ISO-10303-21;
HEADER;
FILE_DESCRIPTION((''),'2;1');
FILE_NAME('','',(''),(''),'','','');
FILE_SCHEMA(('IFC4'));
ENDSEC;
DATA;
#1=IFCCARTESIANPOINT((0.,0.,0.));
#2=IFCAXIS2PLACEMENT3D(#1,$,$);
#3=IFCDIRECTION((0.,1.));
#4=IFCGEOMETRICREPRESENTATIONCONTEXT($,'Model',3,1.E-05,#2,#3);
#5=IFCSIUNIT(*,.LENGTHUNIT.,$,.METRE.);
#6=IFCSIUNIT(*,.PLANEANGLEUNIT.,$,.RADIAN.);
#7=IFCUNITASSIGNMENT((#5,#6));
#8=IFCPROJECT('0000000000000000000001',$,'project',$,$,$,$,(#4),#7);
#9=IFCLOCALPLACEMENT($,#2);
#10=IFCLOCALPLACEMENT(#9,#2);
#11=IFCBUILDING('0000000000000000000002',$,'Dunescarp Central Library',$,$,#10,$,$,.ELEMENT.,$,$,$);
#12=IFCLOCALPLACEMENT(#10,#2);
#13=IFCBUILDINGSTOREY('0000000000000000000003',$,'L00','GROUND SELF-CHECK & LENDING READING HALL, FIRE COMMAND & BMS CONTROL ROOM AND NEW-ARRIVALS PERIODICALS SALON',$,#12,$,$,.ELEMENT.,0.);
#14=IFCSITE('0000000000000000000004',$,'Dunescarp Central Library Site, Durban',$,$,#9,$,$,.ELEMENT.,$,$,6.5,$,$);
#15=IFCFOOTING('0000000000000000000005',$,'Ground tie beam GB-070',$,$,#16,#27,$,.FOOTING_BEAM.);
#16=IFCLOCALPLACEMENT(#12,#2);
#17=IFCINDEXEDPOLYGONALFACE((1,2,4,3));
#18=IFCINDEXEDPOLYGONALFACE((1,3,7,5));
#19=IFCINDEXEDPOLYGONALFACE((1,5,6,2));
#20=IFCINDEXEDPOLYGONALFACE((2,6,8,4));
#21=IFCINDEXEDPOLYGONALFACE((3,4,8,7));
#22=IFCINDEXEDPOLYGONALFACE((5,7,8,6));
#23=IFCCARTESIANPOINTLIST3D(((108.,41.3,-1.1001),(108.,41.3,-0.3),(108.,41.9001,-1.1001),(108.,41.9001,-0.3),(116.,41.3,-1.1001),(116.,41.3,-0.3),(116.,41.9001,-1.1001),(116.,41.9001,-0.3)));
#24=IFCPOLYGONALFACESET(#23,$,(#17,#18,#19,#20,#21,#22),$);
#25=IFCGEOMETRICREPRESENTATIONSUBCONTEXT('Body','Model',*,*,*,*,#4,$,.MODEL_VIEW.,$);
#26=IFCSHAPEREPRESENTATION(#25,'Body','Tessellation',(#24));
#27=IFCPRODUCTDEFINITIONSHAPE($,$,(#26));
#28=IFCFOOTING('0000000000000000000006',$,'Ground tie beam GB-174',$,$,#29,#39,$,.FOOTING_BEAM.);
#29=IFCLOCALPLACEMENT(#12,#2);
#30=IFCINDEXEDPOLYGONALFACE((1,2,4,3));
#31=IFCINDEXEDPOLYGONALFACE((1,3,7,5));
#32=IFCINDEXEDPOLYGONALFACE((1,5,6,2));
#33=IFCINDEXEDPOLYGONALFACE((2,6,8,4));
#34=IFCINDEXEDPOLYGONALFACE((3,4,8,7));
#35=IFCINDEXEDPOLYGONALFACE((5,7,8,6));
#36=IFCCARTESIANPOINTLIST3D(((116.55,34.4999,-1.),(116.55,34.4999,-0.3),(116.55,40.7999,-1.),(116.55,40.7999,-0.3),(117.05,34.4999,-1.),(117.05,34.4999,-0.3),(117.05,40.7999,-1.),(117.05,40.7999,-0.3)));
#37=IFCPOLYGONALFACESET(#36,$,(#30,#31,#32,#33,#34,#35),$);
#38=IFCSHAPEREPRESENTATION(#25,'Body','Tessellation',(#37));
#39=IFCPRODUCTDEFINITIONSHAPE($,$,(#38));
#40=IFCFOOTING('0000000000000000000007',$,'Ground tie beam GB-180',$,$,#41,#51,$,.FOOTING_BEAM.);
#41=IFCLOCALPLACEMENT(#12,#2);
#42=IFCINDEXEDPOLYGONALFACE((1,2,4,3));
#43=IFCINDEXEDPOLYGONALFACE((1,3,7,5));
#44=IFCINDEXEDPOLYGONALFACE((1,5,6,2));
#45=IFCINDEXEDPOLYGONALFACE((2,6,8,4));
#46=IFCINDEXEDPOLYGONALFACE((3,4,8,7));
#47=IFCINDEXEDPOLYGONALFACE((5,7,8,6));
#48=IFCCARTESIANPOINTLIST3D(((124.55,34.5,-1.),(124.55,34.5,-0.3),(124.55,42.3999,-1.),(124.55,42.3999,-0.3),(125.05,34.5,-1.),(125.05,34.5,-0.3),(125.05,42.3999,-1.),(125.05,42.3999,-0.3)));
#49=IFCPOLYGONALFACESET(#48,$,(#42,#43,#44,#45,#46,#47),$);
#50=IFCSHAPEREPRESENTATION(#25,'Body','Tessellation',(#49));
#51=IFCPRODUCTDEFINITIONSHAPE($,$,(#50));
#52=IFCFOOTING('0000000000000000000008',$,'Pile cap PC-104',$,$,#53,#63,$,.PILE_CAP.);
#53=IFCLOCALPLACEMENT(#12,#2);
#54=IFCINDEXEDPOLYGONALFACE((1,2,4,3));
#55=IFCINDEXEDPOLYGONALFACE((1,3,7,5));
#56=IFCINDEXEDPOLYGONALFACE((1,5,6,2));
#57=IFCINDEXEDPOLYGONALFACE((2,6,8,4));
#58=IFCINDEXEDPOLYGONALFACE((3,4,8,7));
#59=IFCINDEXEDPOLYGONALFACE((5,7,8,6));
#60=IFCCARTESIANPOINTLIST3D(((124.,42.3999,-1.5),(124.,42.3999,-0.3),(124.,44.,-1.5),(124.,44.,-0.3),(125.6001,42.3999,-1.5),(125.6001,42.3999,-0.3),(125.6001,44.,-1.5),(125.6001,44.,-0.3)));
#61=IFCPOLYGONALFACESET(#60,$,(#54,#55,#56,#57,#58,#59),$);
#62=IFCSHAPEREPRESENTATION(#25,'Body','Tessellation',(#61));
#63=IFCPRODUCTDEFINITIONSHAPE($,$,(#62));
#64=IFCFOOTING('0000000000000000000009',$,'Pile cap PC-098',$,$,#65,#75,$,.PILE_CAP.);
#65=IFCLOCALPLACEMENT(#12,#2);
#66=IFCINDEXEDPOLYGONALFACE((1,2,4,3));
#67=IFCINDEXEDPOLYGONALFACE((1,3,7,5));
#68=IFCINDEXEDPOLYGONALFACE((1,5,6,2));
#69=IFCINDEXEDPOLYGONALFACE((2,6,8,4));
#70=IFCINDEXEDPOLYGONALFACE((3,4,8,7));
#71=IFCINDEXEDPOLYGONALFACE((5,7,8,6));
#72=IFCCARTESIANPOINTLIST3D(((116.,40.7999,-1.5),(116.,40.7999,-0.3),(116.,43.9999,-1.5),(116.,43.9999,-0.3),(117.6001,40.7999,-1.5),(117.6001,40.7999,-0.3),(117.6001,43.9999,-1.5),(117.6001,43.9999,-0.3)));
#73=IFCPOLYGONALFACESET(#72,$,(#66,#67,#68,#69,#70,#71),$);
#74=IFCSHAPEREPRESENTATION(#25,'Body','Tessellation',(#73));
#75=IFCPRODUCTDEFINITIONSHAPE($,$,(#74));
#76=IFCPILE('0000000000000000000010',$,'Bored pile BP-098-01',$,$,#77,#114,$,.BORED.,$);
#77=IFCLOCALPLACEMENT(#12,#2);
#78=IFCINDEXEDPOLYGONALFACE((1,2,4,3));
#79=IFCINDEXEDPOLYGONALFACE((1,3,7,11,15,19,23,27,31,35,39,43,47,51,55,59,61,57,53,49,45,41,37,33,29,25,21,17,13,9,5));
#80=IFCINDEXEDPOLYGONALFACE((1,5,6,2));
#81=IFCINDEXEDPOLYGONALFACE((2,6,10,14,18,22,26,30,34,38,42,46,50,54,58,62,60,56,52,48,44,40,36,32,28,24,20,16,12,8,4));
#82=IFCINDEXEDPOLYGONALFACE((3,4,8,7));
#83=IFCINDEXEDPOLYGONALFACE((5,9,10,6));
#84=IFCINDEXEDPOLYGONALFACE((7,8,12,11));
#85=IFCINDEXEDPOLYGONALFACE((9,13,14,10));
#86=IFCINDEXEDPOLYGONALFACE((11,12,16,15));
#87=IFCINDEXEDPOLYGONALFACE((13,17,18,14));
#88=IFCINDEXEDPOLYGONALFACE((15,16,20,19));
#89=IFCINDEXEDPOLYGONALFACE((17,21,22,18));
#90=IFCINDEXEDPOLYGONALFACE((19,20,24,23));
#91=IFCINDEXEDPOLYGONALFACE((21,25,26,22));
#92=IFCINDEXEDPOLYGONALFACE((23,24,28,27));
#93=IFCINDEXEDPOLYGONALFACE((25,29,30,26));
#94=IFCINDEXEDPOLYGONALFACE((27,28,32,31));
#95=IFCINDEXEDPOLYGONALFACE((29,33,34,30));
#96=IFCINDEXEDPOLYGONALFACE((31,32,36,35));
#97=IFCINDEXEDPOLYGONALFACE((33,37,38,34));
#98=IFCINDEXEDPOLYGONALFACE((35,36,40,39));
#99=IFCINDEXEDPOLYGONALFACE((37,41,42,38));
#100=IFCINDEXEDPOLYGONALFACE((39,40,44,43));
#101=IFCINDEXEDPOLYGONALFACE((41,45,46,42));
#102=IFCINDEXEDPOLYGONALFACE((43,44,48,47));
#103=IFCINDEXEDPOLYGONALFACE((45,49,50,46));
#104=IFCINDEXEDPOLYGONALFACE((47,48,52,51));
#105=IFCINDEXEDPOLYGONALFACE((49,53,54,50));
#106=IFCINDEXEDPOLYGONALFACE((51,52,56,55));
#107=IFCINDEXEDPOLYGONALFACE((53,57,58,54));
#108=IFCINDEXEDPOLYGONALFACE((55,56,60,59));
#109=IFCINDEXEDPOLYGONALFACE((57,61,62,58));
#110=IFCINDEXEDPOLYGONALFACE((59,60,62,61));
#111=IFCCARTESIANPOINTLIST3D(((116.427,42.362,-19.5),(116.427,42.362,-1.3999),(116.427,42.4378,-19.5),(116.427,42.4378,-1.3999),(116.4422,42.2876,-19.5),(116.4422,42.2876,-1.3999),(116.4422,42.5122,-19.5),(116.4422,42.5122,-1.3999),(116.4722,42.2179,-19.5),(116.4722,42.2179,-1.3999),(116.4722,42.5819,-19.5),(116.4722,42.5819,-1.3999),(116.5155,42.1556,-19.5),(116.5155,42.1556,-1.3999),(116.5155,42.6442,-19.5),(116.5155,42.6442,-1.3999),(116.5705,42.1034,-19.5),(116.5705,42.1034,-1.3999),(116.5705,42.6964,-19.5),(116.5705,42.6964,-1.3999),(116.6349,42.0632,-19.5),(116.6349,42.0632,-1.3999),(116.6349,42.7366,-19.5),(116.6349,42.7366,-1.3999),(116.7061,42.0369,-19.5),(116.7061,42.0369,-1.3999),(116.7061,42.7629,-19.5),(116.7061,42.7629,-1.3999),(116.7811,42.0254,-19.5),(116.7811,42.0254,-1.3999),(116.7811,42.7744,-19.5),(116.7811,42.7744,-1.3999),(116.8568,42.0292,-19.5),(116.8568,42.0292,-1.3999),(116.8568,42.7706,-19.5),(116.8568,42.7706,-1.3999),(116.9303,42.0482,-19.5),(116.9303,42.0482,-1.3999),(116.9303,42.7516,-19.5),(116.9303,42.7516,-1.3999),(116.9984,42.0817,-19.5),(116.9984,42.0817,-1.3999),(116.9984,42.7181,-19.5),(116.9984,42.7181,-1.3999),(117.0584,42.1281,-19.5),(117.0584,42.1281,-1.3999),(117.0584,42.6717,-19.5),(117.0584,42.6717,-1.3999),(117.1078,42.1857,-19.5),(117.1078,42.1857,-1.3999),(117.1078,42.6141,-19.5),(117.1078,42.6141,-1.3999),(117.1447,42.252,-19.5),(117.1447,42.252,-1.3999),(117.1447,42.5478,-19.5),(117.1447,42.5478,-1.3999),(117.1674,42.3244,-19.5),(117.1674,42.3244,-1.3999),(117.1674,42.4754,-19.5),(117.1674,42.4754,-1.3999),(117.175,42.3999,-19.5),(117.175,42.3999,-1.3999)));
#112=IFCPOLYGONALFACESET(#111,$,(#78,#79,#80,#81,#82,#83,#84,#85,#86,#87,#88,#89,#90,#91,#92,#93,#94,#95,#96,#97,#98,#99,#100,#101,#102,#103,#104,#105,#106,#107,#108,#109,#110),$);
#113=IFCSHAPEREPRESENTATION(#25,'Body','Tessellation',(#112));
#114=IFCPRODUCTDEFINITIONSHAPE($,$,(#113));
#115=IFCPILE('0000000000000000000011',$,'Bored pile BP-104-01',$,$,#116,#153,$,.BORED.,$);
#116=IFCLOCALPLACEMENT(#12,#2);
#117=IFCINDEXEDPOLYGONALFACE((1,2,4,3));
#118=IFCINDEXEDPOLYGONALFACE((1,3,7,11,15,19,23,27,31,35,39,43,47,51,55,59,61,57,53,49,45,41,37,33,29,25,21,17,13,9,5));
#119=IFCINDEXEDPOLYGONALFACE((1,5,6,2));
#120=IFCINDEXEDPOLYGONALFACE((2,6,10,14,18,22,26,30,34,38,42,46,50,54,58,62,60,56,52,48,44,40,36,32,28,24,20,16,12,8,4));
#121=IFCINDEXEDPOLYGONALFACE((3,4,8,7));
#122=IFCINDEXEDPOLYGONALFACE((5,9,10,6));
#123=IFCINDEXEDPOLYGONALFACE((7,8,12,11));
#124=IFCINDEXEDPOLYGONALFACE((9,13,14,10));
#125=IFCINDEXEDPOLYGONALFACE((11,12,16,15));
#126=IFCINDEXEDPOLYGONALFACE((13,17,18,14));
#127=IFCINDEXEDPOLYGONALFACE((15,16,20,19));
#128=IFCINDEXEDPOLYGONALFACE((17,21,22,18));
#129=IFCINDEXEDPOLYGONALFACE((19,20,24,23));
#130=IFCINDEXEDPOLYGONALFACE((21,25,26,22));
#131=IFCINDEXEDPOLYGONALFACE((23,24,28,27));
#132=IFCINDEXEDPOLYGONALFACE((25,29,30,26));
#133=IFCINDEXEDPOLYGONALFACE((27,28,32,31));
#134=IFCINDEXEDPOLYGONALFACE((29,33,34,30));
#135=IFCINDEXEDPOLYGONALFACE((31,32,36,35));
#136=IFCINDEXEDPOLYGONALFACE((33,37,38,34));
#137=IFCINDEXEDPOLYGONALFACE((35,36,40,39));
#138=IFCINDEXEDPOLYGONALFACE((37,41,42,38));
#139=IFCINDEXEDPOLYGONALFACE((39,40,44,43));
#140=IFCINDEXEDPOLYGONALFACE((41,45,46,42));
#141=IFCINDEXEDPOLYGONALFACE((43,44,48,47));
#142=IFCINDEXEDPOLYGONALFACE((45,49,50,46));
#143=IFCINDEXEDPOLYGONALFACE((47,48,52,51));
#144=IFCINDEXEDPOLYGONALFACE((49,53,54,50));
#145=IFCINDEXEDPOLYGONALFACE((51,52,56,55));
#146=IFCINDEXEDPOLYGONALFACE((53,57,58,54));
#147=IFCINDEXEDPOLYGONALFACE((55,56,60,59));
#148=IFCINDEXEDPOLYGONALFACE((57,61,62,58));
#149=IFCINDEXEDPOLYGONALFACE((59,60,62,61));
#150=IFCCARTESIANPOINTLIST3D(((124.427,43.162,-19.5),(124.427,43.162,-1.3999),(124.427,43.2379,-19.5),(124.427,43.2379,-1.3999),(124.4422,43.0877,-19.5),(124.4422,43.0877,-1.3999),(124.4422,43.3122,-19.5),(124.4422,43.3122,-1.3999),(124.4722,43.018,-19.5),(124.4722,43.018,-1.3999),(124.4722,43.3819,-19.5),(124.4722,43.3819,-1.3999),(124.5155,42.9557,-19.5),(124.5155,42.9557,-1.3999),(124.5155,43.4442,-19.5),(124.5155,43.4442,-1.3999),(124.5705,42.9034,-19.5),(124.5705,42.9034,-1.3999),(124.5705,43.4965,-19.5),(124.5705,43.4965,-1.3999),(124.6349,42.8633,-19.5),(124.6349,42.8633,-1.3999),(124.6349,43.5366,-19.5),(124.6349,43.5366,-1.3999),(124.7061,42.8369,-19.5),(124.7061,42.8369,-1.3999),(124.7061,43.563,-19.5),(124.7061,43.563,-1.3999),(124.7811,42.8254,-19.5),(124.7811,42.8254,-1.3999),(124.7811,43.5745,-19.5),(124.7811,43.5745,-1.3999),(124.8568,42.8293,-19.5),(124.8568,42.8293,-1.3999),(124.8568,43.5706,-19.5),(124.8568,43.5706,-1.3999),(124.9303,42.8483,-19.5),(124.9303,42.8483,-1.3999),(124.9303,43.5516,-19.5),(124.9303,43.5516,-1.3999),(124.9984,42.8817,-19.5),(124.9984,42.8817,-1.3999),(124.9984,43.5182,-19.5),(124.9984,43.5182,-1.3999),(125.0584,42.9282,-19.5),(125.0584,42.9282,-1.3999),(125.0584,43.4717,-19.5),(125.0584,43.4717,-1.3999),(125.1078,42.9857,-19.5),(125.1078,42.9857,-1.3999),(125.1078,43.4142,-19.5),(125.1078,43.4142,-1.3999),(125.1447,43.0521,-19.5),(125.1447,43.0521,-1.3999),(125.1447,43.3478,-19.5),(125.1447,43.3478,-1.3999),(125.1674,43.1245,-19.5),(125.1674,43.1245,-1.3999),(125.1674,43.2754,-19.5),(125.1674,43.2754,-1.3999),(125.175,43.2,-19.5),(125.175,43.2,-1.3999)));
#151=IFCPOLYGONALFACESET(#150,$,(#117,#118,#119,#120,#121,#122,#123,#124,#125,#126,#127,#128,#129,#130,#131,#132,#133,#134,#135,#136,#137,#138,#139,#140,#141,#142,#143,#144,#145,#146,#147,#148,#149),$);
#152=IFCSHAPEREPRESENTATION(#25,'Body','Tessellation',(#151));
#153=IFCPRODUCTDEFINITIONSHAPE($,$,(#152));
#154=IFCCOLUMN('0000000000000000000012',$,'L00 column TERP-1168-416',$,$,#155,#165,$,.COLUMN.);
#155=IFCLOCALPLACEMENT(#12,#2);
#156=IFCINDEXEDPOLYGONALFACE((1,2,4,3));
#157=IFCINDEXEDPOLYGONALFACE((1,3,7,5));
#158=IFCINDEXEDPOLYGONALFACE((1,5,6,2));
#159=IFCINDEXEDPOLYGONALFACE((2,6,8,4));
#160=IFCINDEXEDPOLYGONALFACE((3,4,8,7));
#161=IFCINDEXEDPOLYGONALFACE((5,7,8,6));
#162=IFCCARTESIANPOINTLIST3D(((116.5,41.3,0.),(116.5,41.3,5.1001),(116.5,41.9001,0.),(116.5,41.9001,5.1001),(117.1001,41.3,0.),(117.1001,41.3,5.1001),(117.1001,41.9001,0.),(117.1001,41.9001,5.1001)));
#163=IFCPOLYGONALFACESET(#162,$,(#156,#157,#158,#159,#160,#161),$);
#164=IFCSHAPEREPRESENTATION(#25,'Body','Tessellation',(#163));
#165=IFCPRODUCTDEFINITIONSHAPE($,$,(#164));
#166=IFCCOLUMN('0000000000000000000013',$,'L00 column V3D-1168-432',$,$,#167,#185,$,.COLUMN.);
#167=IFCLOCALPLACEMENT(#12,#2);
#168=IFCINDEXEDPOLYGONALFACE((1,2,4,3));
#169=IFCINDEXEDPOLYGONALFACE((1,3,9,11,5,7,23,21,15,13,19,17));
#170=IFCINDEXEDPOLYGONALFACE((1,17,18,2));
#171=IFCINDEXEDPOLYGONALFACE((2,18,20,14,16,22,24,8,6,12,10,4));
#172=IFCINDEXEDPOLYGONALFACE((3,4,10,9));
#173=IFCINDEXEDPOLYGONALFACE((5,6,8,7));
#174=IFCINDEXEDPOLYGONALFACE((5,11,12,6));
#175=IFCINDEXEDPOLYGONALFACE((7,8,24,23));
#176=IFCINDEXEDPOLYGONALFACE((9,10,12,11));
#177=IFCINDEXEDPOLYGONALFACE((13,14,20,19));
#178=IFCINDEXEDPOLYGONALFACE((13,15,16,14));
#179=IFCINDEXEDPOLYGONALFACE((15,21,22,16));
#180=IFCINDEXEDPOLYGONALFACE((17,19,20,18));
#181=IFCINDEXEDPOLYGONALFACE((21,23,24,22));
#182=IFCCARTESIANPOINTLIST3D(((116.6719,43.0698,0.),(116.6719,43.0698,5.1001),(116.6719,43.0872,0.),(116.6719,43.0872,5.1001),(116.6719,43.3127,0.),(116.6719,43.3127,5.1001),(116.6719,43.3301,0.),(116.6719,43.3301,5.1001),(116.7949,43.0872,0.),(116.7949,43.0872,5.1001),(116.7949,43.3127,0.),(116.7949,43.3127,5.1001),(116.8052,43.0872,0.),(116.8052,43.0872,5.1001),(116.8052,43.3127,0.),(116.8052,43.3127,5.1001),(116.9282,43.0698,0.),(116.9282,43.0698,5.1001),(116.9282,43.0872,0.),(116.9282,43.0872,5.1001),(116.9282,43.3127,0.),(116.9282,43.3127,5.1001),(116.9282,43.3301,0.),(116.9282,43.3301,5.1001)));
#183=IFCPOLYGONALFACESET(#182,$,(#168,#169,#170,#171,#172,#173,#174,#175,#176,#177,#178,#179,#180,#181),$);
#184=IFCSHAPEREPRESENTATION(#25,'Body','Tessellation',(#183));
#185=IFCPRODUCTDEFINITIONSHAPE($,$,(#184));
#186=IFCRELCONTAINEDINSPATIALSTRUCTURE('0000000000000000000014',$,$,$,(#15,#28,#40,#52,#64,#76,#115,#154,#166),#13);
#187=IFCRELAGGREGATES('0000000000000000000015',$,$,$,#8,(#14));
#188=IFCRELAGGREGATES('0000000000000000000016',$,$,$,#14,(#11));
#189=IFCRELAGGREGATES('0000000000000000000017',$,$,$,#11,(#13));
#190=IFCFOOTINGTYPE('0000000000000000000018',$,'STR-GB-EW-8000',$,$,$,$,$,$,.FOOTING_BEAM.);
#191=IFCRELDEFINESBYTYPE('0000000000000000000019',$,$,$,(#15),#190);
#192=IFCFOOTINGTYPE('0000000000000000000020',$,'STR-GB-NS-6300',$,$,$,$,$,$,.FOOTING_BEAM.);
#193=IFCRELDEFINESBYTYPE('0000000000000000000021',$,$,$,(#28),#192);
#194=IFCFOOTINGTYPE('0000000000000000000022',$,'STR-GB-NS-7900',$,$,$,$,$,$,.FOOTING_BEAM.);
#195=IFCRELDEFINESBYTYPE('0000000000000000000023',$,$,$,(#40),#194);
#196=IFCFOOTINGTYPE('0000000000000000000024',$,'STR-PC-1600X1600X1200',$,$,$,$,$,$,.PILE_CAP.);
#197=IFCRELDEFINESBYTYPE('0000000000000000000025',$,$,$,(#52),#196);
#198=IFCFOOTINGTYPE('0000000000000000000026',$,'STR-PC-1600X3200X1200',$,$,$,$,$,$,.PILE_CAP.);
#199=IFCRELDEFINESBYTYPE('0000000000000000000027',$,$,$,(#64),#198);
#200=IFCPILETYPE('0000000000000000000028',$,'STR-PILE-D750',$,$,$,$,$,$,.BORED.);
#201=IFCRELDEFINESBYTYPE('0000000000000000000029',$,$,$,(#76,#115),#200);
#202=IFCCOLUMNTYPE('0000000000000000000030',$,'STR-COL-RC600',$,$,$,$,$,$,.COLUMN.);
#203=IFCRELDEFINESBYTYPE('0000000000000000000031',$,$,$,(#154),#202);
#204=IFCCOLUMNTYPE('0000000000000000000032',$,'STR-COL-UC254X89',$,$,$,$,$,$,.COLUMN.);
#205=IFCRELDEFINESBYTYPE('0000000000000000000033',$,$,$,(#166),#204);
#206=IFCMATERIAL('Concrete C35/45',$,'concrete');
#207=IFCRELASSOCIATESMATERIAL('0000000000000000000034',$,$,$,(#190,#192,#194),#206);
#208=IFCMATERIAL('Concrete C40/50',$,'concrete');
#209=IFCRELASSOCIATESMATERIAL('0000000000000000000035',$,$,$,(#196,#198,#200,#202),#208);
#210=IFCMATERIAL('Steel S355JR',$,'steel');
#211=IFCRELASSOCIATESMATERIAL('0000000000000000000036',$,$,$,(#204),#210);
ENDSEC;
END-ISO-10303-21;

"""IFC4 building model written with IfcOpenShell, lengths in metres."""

from ifc_helpers import new_model, si_unit, direction, frame, origin, origin_2d, place, context, subcontext, project, spatial, rectangle, circle, i_section, extrude, material, material_profile, profile_set, type_object, element, save


model = new_model("IFC4")

# Units and contexts
model_context = context("Model", 3, precision=1e-05, world=origin(), true_north=direction((0.0, 1.0)))
body_context = subcontext(model_context, "Body", "Model", "MODEL_VIEW")
ifc_project = project(units=[si_unit("LENGTHUNIT", "METRE"), si_unit("PLANEANGLEUNIT", "RADIAN")], contexts=[model_context])

# Site, building, storey
site_placement = place(None, origin())
site = spatial("IfcSite", under=ifc_project, at=site_placement, Name="Dunescarp Central Library Site, Durban", CompositionType="ELEMENT", RefElevation=6.5)
building_placement = place(site_placement, origin())
building = spatial("IfcBuilding", under=site, at=building_placement, Name="Dunescarp Central Library", CompositionType="ELEMENT")
storey_placement = place(building_placement, origin())
storey = spatial("IfcBuildingStorey", under=building, at=storey_placement, Name="L00", Description="GROUND SELF-CHECK & LENDING READING HALL, FIRE COMMAND & BMS CONTROL ROOM AND NEW-ARRIVALS PERIODICALS SALON", CompositionType="ELEMENT", Elevation=0.0)

# Footings
ifc_material_1 = material(Name="Concrete C35/45", Category="concrete")
footing_type_1 = type_object("IfcFootingType", Name="STR-GB-EW-8000", PredefinedType="FOOTING_BEAM", material=ifc_material_1)
footing_1_placement = place(storey_placement, frame((112.0, 41.6001, -1.1001), z_axis=(0.0, 0.0, 1.0), x_axis=(1.0, 0.0, 0.0)))
element("IfcFooting", 1, at=footing_1_placement, inside=storey, type_object=footing_type_1, Name="Ground tie beam GB-070", PredefinedType="FOOTING_BEAM", context=body_context, shape_type="SweptSolid", body=[
    extrude(rectangle(XDim=8.0, YDim=0.6001, at=origin_2d()), origin(), (0.0, 0.0, 1.0), 0.8),
])
footing_type_2 = type_object("IfcFootingType", Name="STR-GB-NS-6300", PredefinedType="FOOTING_BEAM", material=ifc_material_1)
footing_2_placement = place(storey_placement, frame((116.8, 37.6499, -1.0), z_axis=(0.0, 0.0, 1.0), x_axis=(0.0, 1.0, 0.0)))
element("IfcFooting", 2, at=footing_2_placement, inside=storey, type_object=footing_type_2, Name="Ground tie beam GB-174", PredefinedType="FOOTING_BEAM", context=body_context, shape_type="SweptSolid", body=[
    extrude(rectangle(XDim=6.3, YDim=0.5, at=origin_2d()), origin(), (0.0, 0.0, 1.0), 0.7),
])
footing_type_3 = type_object("IfcFootingType", Name="STR-GB-NS-7900", PredefinedType="FOOTING_BEAM", material=ifc_material_1)
footing_3_placement = place(storey_placement, frame((124.8, 38.45, -1.0), z_axis=(0.0, 0.0, 1.0), x_axis=(0.0, 1.0, 0.0)))
element("IfcFooting", 3, at=footing_3_placement, inside=storey, type_object=footing_type_3, Name="Ground tie beam GB-180", PredefinedType="FOOTING_BEAM", context=body_context, shape_type="SweptSolid", body=[
    extrude(rectangle(XDim=7.8999, YDim=0.5, at=origin_2d()), origin(), (0.0, 0.0, 1.0), 0.7),
])
ifc_material_2 = material(Name="Concrete C40/50", Category="concrete")
footing_type_4 = type_object("IfcFootingType", Name="STR-PC-1600X1600X1200", PredefinedType="PILE_CAP", material=ifc_material_2)
footing_4_placement = place(storey_placement, frame((124.8, 43.2, -1.5), z_axis=(0.0, 0.0, 1.0), x_axis=(1.0, 0.0, 0.0)))
element("IfcFooting", 4, at=footing_4_placement, inside=storey, type_object=footing_type_4, Name="Pile cap PC-104", PredefinedType="PILE_CAP", context=body_context, shape_type="SweptSolid", body=[
    extrude(rectangle(XDim=1.6001, YDim=1.6001, at=origin_2d()), origin(), (0.0, 0.0, 1.0), 1.2),
])
footing_type_5 = type_object("IfcFootingType", Name="STR-PC-1600X3200X1200", PredefinedType="PILE_CAP", material=ifc_material_2)
footing_5_placement = place(storey_placement, frame((116.8, 42.3999, -1.5), z_axis=(0.0, 0.0, 1.0), x_axis=(1.0, 0.0, 0.0)))
element("IfcFooting", 5, at=footing_5_placement, inside=storey, type_object=footing_type_5, Name="Pile cap PC-098", PredefinedType="PILE_CAP", context=body_context, shape_type="SweptSolid", body=[
    extrude(rectangle(XDim=1.6001, YDim=3.2, at=origin_2d()), origin(), (0.0, 0.0, 1.0), 1.2),
])

# Piles
ifc_material_profile_1 = material_profile(ifc_material_2, circle(Radius=0.375, at=origin_2d()), Name="PILE D750")
ifc_profile_set_1 = profile_set([ifc_material_profile_1], Name="Concrete C40/50")
pile_type = type_object("IfcPileType", Name="STR-PILE-D750", PredefinedType="BORED", material=ifc_profile_set_1)
for number, where, z_axis, x_axis, name in (
    (6, (116.8, 42.3999, -1.3999), (0.0, 0.0, -1.0), (1.0, 0.0, 0.0), "Bored pile BP-098-01"),
    (7, (124.8, 43.2, -1.3999), (0.0, 0.0, -1.0), (1.0, 0.0, 0.0), "Bored pile BP-104-01"),
):
    element("IfcPile", number, at=place(storey_placement, frame(where, z_axis=z_axis, x_axis=x_axis)), inside=storey, type_object=pile_type, Name=name, PredefinedType="BORED", context=body_context, shape_type="SweptSolid", body=[
        extrude(circle(Radius=0.375, at=origin_2d()), origin(), (0.0, 0.0, 1.0), 18.1001),
    ])

# Columns
ifc_material_profile_2 = material_profile(ifc_material_2, rectangle(XDim=0.6001, YDim=0.6001, at=origin_2d()), Name="RC 600x600")
ifc_profile_set_2 = profile_set([ifc_material_profile_2], Name="Concrete C40/50")
column_type_1 = type_object("IfcColumnType", Name="STR-COL-RC600", PredefinedType="COLUMN", material=ifc_profile_set_2)
column_placement = place(storey_placement, frame((116.8, 41.6001, 0.0), z_axis=(0.0, 0.0, 1.0), x_axis=(1.0, 0.0, 0.0)))
element("IfcColumn", 8, at=column_placement, inside=storey, type_object=column_type_1, Name="L00 column TERP-1168-416", PredefinedType="COLUMN", context=body_context, shape_type="SweptSolid", body=[
    extrude(rectangle(XDim=0.6001, YDim=0.6001, at=origin_2d()), origin(), (0.0, 0.0, 1.0), 5.1001),
])
ifc_material_3 = material(Name="Steel S355JR", Category="steel")
ifc_material_profile_3 = material_profile(ifc_material_3, i_section(OverallWidth=0.2563, OverallDepth=0.2603, WebThickness=0.0103, FlangeThickness=0.0173, at=origin_2d()), Name="UC 254x254x89")
ifc_profile_set_3 = profile_set([ifc_material_profile_3], Name="Steel S355JR")
column_type_2 = type_object("IfcColumnType", Name="STR-COL-UC254X89", PredefinedType="COLUMN", material=ifc_profile_set_3)
for number, where, z_axis, x_axis, name in (
    (9, (116.8, 43.2, 0.0), (0.0, 0.0, 1.0), (1.0, 0.0, 0.0), "L00 column V3D-1168-432"),
):
    element("IfcColumn", number, at=place(storey_placement, frame(where, z_axis=z_axis, x_axis=x_axis)), inside=storey, type_object=column_type_2, Name=name, PredefinedType="COLUMN", context=body_context, shape_type="SweptSolid", body=[
        extrude(i_section(OverallWidth=0.2563, OverallDepth=0.2603, WebThickness=0.0103, FlangeThickness=0.0173, at=origin_2d()), origin(), (0.0, 0.0, 1.0), 5.1001),
    ])

save(model, "model.ifc")
